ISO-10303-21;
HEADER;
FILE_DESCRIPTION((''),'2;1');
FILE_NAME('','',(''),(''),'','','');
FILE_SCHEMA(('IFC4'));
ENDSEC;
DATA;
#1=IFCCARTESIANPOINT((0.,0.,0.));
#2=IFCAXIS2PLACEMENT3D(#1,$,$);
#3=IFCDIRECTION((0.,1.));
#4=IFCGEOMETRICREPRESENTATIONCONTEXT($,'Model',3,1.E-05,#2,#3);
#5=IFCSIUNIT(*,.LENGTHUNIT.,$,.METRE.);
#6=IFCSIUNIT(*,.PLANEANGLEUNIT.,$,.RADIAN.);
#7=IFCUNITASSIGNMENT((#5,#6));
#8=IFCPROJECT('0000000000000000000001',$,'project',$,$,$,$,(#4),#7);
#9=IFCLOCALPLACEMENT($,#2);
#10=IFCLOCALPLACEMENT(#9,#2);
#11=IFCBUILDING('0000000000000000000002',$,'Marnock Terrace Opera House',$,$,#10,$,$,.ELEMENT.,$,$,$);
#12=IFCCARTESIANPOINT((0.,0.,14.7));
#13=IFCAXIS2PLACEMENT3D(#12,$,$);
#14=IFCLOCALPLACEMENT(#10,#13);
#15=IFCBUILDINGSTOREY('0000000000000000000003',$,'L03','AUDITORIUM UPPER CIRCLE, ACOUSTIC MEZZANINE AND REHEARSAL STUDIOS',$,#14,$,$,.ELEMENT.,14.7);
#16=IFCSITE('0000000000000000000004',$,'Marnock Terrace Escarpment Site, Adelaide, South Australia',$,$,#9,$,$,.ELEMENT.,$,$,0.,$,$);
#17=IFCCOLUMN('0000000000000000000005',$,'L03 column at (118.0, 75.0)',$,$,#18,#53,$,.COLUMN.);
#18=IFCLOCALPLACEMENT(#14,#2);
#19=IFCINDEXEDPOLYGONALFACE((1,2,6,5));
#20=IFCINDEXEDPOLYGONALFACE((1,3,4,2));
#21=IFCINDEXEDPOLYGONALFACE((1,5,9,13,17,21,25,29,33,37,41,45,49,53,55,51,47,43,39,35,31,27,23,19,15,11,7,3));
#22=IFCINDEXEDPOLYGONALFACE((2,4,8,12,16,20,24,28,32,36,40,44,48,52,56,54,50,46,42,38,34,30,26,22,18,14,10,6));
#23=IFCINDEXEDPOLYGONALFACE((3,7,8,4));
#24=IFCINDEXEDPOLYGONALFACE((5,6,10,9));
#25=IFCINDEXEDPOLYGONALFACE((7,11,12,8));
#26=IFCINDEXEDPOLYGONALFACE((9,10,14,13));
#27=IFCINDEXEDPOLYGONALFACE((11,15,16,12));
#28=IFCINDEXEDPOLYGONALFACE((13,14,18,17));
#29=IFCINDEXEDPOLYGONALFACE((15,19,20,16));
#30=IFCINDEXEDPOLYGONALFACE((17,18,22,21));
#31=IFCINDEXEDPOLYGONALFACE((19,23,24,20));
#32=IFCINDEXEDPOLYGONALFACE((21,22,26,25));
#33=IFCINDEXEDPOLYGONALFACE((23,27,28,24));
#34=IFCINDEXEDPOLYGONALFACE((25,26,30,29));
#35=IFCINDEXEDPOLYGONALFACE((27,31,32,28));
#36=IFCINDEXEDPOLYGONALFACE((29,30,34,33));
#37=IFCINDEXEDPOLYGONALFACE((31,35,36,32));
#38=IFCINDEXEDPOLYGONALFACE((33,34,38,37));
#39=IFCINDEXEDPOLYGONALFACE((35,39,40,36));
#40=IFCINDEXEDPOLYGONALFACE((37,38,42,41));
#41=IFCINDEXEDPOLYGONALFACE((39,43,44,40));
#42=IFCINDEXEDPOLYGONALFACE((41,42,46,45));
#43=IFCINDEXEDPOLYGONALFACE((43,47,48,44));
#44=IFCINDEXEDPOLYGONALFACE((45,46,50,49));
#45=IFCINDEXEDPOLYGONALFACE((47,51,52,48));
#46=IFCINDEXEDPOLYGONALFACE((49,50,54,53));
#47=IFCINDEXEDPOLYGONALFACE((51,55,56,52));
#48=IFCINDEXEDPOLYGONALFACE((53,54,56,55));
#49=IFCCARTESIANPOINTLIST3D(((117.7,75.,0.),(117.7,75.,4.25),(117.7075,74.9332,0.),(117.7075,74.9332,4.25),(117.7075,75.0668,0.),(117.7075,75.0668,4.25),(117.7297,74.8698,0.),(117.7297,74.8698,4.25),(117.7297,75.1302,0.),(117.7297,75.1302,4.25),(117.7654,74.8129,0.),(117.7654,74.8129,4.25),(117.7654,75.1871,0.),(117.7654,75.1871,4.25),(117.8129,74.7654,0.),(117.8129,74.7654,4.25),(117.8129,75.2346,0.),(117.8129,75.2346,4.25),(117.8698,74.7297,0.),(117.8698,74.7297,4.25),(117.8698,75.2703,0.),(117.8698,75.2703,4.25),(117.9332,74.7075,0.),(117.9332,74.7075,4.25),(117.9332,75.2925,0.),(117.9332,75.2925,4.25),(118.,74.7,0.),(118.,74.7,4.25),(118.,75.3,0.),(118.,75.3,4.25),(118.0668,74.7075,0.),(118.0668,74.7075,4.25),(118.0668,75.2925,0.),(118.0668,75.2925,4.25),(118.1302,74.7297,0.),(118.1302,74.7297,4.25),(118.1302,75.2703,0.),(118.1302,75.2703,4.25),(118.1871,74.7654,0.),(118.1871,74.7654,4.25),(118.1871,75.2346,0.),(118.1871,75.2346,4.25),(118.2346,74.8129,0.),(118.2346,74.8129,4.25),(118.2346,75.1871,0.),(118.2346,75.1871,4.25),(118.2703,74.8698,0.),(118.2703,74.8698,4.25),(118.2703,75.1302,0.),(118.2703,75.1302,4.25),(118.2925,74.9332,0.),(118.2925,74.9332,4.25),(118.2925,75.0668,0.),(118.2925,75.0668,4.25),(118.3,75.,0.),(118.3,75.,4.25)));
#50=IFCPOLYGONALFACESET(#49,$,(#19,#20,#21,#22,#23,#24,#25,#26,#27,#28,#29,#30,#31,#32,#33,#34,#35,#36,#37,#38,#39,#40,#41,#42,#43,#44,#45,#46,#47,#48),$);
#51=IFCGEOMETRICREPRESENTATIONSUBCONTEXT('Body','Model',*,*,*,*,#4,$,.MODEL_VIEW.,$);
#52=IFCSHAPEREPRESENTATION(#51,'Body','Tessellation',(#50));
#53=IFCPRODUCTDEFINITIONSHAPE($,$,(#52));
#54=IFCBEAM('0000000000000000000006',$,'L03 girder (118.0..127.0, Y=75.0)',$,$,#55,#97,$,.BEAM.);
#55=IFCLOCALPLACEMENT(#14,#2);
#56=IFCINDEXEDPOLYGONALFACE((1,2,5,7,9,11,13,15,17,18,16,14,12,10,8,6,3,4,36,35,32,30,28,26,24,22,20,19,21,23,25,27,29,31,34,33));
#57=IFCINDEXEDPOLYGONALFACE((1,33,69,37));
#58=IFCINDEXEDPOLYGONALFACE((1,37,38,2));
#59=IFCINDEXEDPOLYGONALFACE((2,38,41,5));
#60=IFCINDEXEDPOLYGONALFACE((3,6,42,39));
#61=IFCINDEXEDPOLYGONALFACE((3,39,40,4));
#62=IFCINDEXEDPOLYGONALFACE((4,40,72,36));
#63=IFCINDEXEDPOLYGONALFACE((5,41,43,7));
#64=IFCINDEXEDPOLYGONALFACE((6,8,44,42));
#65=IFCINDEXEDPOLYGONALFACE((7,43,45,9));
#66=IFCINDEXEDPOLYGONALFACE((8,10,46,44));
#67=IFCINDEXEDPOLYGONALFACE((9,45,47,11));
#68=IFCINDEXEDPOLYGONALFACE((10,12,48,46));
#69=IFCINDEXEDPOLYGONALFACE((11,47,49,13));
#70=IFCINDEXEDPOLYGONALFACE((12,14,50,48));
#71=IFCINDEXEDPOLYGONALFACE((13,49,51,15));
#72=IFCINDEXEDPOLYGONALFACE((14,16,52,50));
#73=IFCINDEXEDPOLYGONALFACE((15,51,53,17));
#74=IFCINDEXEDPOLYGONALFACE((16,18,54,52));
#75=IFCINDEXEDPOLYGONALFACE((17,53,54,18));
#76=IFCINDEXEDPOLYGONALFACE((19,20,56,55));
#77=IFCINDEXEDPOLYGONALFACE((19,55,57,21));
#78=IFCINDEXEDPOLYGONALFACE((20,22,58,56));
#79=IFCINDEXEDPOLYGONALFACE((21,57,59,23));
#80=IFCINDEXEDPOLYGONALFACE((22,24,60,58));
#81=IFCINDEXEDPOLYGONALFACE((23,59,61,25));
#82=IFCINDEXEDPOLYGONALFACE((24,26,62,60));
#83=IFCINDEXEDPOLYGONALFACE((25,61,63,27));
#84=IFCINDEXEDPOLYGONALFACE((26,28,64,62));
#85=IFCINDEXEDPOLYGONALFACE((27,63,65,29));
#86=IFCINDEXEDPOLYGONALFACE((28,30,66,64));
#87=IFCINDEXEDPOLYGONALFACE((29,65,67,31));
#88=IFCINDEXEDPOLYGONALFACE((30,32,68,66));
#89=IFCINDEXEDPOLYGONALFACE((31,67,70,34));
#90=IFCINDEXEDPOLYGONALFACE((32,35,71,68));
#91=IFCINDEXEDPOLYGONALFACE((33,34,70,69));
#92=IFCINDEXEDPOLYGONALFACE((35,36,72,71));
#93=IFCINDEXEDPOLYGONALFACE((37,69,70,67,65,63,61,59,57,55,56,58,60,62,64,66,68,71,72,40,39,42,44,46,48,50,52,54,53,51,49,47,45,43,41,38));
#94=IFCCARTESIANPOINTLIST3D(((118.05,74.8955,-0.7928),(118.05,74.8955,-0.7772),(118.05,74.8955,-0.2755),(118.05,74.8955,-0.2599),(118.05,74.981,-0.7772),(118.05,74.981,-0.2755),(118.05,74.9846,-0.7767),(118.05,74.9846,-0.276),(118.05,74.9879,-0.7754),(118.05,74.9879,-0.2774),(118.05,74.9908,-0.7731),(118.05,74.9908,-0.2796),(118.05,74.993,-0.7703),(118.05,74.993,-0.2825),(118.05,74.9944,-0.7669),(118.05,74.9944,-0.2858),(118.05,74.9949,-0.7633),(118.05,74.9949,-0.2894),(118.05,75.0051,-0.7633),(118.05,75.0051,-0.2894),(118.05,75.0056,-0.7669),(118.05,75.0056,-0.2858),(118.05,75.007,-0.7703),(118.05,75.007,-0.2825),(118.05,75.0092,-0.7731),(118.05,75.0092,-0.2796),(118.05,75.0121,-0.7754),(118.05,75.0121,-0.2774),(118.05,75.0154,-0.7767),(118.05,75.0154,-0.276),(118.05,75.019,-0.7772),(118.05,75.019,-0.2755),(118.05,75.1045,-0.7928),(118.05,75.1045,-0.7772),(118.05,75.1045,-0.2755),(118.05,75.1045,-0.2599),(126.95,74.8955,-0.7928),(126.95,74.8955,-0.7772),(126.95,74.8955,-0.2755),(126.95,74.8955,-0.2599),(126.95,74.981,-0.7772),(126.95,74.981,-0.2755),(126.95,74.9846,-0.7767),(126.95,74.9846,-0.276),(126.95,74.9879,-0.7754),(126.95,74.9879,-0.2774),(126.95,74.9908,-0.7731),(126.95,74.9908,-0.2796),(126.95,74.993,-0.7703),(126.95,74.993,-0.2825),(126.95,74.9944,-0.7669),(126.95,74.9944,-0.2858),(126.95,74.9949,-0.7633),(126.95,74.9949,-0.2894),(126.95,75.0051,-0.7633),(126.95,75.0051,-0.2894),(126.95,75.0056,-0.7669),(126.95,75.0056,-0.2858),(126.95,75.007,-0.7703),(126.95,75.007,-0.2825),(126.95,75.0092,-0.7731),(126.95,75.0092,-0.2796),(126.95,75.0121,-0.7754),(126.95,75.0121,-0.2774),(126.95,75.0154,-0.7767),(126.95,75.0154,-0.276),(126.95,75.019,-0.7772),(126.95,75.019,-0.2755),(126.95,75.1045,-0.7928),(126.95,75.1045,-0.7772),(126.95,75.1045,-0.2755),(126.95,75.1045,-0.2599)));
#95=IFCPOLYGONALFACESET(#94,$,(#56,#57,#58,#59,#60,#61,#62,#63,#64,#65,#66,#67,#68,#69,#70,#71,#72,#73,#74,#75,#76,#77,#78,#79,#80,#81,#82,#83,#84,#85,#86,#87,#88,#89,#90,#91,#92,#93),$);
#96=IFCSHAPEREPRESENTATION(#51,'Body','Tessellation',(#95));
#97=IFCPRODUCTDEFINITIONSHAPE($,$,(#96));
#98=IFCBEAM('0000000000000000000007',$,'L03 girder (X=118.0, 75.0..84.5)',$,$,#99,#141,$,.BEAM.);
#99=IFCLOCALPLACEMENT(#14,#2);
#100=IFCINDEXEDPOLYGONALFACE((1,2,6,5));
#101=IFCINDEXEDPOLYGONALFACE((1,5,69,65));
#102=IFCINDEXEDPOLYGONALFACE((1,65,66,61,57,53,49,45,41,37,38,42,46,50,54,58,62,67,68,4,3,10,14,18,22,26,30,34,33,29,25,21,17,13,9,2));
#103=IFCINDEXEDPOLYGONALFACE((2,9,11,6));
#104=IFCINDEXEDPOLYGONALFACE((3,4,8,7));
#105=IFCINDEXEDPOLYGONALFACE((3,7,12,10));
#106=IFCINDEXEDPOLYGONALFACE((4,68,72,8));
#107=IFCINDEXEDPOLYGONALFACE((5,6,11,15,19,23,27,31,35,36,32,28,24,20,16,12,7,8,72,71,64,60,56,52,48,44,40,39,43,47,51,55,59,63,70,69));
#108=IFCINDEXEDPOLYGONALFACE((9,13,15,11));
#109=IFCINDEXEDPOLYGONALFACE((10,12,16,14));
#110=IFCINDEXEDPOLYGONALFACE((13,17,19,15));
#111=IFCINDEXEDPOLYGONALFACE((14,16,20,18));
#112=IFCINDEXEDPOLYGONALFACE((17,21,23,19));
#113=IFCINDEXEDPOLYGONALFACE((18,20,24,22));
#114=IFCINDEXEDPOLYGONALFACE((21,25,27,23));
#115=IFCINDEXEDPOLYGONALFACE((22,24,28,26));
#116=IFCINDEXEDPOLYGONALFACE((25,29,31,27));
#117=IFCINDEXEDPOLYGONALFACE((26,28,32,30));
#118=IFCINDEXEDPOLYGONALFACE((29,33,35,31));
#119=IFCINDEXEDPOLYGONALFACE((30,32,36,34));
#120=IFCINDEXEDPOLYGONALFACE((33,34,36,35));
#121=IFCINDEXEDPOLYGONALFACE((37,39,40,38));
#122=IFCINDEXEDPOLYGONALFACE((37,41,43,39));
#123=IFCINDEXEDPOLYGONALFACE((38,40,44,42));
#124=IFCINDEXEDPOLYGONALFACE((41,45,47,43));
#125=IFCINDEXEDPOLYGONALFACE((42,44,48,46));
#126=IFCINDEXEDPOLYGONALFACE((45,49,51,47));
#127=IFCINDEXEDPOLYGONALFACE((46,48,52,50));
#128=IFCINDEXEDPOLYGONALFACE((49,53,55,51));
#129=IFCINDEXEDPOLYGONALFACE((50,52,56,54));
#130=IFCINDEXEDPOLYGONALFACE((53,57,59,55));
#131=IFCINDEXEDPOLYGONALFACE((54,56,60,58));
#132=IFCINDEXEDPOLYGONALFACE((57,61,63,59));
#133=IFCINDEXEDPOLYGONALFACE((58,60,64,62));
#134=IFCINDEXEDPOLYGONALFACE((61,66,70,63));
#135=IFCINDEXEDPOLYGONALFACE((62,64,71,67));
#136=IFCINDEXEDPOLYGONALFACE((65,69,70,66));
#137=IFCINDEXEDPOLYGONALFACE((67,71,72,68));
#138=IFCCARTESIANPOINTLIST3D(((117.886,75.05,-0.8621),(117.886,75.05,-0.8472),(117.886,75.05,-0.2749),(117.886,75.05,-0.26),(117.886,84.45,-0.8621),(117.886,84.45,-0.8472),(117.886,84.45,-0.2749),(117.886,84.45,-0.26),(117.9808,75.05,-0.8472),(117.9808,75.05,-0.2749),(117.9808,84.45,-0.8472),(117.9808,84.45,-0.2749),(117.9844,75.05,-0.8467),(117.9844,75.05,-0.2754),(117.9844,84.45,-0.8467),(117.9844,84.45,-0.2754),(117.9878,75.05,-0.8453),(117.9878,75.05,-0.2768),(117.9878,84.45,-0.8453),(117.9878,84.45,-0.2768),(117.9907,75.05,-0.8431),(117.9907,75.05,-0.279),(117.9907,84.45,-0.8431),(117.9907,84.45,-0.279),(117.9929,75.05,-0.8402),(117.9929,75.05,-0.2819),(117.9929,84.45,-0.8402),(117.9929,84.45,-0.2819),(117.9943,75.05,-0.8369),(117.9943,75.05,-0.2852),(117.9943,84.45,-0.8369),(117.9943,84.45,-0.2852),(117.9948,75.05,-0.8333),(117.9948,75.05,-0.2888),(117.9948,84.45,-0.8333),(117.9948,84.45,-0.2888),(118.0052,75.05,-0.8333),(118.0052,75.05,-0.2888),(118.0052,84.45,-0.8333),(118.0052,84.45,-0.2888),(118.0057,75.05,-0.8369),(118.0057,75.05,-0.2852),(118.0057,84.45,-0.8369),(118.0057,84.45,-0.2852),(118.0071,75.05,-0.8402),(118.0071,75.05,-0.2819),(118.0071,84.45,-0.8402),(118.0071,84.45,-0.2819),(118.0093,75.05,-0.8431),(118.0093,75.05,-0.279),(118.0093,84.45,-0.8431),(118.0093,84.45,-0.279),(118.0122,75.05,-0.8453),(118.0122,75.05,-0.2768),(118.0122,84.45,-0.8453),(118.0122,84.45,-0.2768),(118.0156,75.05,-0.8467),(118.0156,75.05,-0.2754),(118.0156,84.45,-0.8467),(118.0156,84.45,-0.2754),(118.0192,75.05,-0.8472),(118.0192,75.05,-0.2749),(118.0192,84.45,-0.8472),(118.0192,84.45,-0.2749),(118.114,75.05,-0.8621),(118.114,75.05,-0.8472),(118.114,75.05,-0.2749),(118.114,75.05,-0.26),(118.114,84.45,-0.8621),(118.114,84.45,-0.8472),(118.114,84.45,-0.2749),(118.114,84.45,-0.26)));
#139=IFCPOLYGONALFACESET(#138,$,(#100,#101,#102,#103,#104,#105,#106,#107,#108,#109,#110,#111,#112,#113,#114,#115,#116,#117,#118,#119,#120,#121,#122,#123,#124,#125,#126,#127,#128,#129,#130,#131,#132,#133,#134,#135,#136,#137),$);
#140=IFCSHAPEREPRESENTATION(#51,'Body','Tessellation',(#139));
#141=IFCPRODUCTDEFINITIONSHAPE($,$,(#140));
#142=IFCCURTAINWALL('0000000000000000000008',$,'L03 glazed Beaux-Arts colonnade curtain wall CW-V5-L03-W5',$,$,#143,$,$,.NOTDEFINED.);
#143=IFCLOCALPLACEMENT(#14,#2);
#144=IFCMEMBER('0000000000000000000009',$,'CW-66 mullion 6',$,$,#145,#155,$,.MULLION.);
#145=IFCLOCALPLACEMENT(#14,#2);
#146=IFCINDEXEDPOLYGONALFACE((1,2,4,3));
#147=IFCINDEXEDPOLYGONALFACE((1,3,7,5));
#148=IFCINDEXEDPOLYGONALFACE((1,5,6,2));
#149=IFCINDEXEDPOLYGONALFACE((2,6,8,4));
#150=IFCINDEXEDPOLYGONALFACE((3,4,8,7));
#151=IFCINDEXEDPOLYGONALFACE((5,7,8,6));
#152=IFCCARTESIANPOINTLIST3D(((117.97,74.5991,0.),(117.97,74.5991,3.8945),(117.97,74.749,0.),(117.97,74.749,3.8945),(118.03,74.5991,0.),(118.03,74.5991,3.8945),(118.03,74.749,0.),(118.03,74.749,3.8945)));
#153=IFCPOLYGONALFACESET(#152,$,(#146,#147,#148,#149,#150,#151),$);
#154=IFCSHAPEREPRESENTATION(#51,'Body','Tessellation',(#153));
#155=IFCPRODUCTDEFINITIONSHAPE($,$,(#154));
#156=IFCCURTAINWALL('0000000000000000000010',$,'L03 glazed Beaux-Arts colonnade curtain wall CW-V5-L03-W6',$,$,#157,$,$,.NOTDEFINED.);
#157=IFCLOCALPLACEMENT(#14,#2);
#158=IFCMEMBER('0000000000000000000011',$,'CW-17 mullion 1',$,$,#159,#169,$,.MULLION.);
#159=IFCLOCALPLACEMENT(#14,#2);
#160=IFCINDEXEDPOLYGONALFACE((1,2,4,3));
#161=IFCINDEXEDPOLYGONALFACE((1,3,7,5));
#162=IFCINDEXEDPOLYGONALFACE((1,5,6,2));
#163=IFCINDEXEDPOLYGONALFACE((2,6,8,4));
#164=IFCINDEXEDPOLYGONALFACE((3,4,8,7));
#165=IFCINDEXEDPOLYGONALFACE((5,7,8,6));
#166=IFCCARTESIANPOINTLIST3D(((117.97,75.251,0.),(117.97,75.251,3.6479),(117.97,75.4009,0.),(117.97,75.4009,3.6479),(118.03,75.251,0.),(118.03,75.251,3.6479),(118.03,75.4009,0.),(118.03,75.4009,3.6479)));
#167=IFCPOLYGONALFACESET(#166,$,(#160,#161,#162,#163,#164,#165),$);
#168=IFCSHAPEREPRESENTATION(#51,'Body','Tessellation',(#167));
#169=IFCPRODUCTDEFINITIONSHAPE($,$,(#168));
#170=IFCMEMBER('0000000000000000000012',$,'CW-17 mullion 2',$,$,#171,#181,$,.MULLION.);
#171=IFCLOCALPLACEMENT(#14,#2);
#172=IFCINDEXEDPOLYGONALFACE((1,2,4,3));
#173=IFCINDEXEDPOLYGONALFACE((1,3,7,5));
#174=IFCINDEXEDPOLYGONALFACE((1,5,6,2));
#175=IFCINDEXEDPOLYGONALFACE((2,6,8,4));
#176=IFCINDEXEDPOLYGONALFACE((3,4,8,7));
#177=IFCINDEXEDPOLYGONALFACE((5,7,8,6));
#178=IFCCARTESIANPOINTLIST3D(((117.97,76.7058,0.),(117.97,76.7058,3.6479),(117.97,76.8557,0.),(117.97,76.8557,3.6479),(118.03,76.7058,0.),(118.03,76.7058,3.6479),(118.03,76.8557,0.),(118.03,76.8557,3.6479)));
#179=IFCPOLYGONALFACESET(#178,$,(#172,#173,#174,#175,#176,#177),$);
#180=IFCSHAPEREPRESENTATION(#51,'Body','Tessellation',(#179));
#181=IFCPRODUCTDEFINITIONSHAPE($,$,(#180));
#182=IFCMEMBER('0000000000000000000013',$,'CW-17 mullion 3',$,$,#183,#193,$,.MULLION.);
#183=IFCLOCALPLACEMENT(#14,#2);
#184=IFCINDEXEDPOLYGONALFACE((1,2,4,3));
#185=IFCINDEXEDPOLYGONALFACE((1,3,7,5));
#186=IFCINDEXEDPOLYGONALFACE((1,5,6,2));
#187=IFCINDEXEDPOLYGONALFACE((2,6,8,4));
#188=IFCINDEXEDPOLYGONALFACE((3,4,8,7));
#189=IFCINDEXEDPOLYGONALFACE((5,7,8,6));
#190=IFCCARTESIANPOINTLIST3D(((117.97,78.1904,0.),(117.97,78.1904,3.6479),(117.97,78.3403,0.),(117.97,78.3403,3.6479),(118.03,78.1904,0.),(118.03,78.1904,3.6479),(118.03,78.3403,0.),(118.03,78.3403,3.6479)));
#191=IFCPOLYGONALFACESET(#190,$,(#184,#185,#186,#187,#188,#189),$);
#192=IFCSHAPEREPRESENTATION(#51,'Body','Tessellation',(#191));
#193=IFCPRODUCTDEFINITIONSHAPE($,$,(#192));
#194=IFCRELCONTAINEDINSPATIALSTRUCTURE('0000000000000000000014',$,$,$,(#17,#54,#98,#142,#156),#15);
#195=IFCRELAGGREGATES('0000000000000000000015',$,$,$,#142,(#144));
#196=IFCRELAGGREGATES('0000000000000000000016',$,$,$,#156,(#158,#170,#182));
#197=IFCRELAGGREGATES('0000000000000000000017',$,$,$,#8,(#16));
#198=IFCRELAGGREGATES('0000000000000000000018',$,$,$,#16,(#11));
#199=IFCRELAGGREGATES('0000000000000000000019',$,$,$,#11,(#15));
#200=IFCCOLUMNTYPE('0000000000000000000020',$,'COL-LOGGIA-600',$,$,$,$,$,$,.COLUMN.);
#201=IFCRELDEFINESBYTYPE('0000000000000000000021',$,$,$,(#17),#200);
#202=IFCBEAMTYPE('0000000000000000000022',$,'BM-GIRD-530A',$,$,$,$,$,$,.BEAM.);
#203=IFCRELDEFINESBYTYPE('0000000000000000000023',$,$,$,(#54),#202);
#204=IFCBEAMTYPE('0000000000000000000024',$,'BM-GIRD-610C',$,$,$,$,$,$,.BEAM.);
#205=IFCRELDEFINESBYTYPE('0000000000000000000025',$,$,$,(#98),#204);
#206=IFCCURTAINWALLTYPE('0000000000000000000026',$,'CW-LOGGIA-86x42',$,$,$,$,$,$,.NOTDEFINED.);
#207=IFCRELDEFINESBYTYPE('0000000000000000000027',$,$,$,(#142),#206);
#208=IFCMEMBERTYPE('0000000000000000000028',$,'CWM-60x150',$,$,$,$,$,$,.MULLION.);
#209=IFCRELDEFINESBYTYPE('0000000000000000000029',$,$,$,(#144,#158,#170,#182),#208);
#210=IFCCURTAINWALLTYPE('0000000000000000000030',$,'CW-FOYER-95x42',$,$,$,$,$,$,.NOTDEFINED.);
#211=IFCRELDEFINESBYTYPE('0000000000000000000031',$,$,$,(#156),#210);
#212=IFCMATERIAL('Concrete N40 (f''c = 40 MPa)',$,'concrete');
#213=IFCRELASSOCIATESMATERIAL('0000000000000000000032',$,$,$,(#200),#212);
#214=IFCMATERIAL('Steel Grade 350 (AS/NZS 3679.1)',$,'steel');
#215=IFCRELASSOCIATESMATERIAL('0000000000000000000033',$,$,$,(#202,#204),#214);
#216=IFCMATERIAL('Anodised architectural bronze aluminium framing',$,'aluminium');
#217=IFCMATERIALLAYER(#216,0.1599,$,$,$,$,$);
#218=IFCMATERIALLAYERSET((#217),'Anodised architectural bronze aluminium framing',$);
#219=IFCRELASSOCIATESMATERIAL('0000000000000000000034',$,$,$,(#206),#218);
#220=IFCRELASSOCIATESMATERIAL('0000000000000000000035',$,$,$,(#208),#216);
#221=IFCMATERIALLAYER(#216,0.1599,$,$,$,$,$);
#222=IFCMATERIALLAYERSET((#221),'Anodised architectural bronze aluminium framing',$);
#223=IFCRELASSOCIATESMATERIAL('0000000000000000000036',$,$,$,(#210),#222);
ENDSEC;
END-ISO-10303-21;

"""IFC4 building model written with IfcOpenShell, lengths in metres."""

from ifc_helpers import new_model, si_unit, direction, frame, origin, origin_2d, place, context, subcontext, project, spatial, rectangle, circle, i_section, extrude, material, layer, layer_set, material_profile, profile_set, type_object, element, aggregate, save


model = new_model("IFC4")

# Units and contexts
model_context = context("Model", 3, precision=1e-05, world=origin(), true_north=direction((0.0, 1.0)))
body_context = subcontext(model_context, "Body", "Model", "MODEL_VIEW")
ifc_project = project(units=[si_unit("LENGTHUNIT", "METRE"), si_unit("PLANEANGLEUNIT", "RADIAN")], contexts=[model_context])

# Site, building, storey
site_placement = place(None, origin())
site = spatial("IfcSite", under=ifc_project, at=site_placement, Name="Marnock Terrace Escarpment Site, Adelaide, South Australia", CompositionType="ELEMENT", RefElevation=0.0)
building_placement = place(site_placement, origin())
building = spatial("IfcBuilding", under=site, at=building_placement, Name="Marnock Terrace Opera House", CompositionType="ELEMENT")
storey_placement = place(building_placement, frame((0.0, 0.0, 14.7)))
storey = spatial("IfcBuildingStorey", under=building, at=storey_placement, Name="L03", Description="AUDITORIUM UPPER CIRCLE, ACOUSTIC MEZZANINE AND REHEARSAL STUDIOS", CompositionType="ELEMENT", Elevation=14.7)

# Column
ifc_material_1 = material(Name="Concrete N40 (f'c = 40 MPa)", Category="concrete")
ifc_material_profile_1 = material_profile(ifc_material_1, circle(Radius=0.3, at=origin_2d()))
ifc_profile_set_1 = profile_set([ifc_material_profile_1], Name="Concrete N40 (f'c = 40 MPa)")
column_type = type_object("IfcColumnType", Name="COL-LOGGIA-600", PredefinedType="COLUMN", material=ifc_profile_set_1)
column_placement = place(storey_placement, frame((118.0, 75.0, 0.0), z_axis=(0.0, 0.0, 1.0), x_axis=(1.0, 0.0, 0.0)))
element("IfcColumn", 1, at=column_placement, inside=storey, type_object=column_type, Name="L03 column at (118.0, 75.0)", PredefinedType="COLUMN", context=body_context, shape_type="SweptSolid", body=[
    extrude(circle(Radius=0.3, at=origin_2d()), origin(), (0.0, 0.0, 1.0), 4.25),
])

# Beams
ifc_material_2 = material(Name="Steel Grade 350 (AS/NZS 3679.1)", Category="steel")
ifc_material_profile_2 = material_profile(ifc_material_2, i_section(OverallWidth=0.209, OverallDepth=0.533, WebThickness=0.0103, FlangeThickness=0.0156, FilletRadius=0.0139, at=origin_2d()))
ifc_profile_set_2 = profile_set([ifc_material_profile_2], Name="Steel Grade 350 (AS/NZS 3679.1)")
beam_type_1 = type_object("IfcBeamType", Name="BM-GIRD-530A", PredefinedType="BEAM", material=ifc_profile_set_2)
beam_1_placement = place(storey_placement, frame((118.05, 75.0, -0.5264), z_axis=(1.0, 0.0, 0.0), x_axis=(0.0, 1.0, 0.0)))
element("IfcBeam", 2, at=beam_1_placement, inside=storey, type_object=beam_type_1, Name="L03 girder (118.0..127.0, Y=75.0)", PredefinedType="BEAM", context=body_context, shape_type="SweptSolid", body=[
    extrude(i_section(OverallWidth=0.209, OverallDepth=0.533, WebThickness=0.0103, FlangeThickness=0.0156, FilletRadius=0.0139, at=origin_2d()), origin(), (0.0, 0.0, 1.0), 8.8999),
])
ifc_material_profile_3 = material_profile(ifc_material_2, i_section(OverallWidth=0.228, OverallDepth=0.6021, WebThickness=0.0105, FlangeThickness=0.0149, FilletRadius=0.0139, at=origin_2d()))
ifc_profile_set_3 = profile_set([ifc_material_profile_3], Name="Steel Grade 350 (AS/NZS 3679.1)")
beam_type_2 = type_object("IfcBeamType", Name="BM-GIRD-610C", PredefinedType="BEAM", material=ifc_profile_set_3)
beam_2_placement = place(storey_placement, frame((118.0, 75.05, -0.561), z_axis=(0.0, 1.0, 0.0), x_axis=(-1.0, 0.0, 0.0)))
element("IfcBeam", 3, at=beam_2_placement, inside=storey, type_object=beam_type_2, Name="L03 girder (X=118.0, 75.0..84.5)", PredefinedType="BEAM", context=body_context, shape_type="SweptSolid", body=[
    extrude(i_section(OverallWidth=0.228, OverallDepth=0.6021, WebThickness=0.0105, FlangeThickness=0.0149, FilletRadius=0.0139, at=origin_2d()), origin(), (0.0, 0.0, 1.0), 9.3999),
])

# Curtain wall, member
ifc_material_3 = material(Name="Anodised architectural bronze aluminium framing", Category="aluminium")
ifc_layer_1 = layer(ifc_material_3, 0.1599)
ifc_layer_set_1 = layer_set([ifc_layer_1], Name="Anodised architectural bronze aluminium framing")
curtain_wall_type_1 = type_object("IfcCurtainWallType", Name="CW-LOGGIA-86x42", PredefinedType="NOTDEFINED", material=ifc_layer_set_1)
curtain_wall_1_placement = place(storey_placement, origin())
curtain_wall_1 = element("IfcCurtainWall", 4, at=curtain_wall_1_placement, inside=storey, type_object=curtain_wall_type_1, Name="L03 glazed Beaux-Arts colonnade curtain wall CW-V5-L03-W5", PredefinedType="NOTDEFINED")
ifc_material_profile_4 = material_profile(ifc_material_3, rectangle(XDim=0.0601, YDim=0.1499, at=origin_2d()))
ifc_profile_set_4 = profile_set([ifc_material_profile_4], Name="Anodised architectural bronze aluminium framing")
member_type_1 = type_object("IfcMemberType", Name="CWM-60x150", PredefinedType="MULLION", material=ifc_profile_set_4)
member_1_placement = place(storey_placement, frame((118.0, 74.6741, 0.0), z_axis=(0.0, 0.0, 1.0), x_axis=(-1.0, 0.0, 0.0)))
member_1 = element("IfcMember", 5, at=member_1_placement, type_object=member_type_1, Name="CW-66 mullion 6", PredefinedType="MULLION", context=body_context, shape_type="SweptSolid", body=[
    extrude(rectangle(XDim=0.0601, YDim=0.1499, at=origin_2d()), origin(), (0.0, 0.0, 1.0), 3.8945),
])

# Curtain wall, members
ifc_layer_2 = layer(ifc_material_3, 0.1599)
ifc_layer_set_2 = layer_set([ifc_layer_2], Name="Anodised architectural bronze aluminium framing")
curtain_wall_type_2 = type_object("IfcCurtainWallType", Name="CW-FOYER-95x42", PredefinedType="NOTDEFINED", material=ifc_layer_set_2)
curtain_wall_2_placement = place(storey_placement, origin())
curtain_wall_2 = element("IfcCurtainWall", 6, at=curtain_wall_2_placement, inside=storey, type_object=curtain_wall_type_2, Name="L03 glazed Beaux-Arts colonnade curtain wall CW-V5-L03-W6", PredefinedType="NOTDEFINED")
member_2_placement = place(storey_placement, frame((118.0, 75.3259, 0.0), z_axis=(0.0, 0.0, 1.0), x_axis=(-1.0, 0.0, 0.0)))
member_2 = element("IfcMember", 7, at=member_2_placement, type_object=member_type_1, Name="CW-17 mullion 1", PredefinedType="MULLION", context=body_context, shape_type="SweptSolid", body=[
    extrude(rectangle(XDim=0.0601, YDim=0.1499, at=origin_2d()), origin(), (0.0, 0.0, 1.0), 3.6479),
])
member_3_placement = place(storey_placement, frame((118.0, 76.7808, 0.0), z_axis=(0.0, 0.0, 1.0), x_axis=(-1.0, 0.0, 0.0)))
member_3 = element("IfcMember", 8, at=member_3_placement, type_object=member_type_1, Name="CW-17 mullion 2", PredefinedType="MULLION", context=body_context, shape_type="SweptSolid", body=[
    extrude(rectangle(XDim=0.0601, YDim=0.1499, at=origin_2d()), origin(), (0.0, 0.0, 1.0), 3.6479),
])
member_4_placement = place(storey_placement, frame((118.0, 78.2654, 0.0), z_axis=(0.0, 0.0, 1.0), x_axis=(-1.0, 0.0, 0.0)))
member_4 = element("IfcMember", 9, at=member_4_placement, type_object=member_type_1, Name="CW-17 mullion 3", PredefinedType="MULLION", context=body_context, shape_type="SweptSolid", body=[
    extrude(rectangle(XDim=0.0601, YDim=0.1499, at=origin_2d()), origin(), (0.0, 0.0, 1.0), 3.6479),
])

aggregate(curtain_wall_1, [member_1])
aggregate(curtain_wall_2, [member_2, member_3, member_4])

save(model, "model.ifc")
